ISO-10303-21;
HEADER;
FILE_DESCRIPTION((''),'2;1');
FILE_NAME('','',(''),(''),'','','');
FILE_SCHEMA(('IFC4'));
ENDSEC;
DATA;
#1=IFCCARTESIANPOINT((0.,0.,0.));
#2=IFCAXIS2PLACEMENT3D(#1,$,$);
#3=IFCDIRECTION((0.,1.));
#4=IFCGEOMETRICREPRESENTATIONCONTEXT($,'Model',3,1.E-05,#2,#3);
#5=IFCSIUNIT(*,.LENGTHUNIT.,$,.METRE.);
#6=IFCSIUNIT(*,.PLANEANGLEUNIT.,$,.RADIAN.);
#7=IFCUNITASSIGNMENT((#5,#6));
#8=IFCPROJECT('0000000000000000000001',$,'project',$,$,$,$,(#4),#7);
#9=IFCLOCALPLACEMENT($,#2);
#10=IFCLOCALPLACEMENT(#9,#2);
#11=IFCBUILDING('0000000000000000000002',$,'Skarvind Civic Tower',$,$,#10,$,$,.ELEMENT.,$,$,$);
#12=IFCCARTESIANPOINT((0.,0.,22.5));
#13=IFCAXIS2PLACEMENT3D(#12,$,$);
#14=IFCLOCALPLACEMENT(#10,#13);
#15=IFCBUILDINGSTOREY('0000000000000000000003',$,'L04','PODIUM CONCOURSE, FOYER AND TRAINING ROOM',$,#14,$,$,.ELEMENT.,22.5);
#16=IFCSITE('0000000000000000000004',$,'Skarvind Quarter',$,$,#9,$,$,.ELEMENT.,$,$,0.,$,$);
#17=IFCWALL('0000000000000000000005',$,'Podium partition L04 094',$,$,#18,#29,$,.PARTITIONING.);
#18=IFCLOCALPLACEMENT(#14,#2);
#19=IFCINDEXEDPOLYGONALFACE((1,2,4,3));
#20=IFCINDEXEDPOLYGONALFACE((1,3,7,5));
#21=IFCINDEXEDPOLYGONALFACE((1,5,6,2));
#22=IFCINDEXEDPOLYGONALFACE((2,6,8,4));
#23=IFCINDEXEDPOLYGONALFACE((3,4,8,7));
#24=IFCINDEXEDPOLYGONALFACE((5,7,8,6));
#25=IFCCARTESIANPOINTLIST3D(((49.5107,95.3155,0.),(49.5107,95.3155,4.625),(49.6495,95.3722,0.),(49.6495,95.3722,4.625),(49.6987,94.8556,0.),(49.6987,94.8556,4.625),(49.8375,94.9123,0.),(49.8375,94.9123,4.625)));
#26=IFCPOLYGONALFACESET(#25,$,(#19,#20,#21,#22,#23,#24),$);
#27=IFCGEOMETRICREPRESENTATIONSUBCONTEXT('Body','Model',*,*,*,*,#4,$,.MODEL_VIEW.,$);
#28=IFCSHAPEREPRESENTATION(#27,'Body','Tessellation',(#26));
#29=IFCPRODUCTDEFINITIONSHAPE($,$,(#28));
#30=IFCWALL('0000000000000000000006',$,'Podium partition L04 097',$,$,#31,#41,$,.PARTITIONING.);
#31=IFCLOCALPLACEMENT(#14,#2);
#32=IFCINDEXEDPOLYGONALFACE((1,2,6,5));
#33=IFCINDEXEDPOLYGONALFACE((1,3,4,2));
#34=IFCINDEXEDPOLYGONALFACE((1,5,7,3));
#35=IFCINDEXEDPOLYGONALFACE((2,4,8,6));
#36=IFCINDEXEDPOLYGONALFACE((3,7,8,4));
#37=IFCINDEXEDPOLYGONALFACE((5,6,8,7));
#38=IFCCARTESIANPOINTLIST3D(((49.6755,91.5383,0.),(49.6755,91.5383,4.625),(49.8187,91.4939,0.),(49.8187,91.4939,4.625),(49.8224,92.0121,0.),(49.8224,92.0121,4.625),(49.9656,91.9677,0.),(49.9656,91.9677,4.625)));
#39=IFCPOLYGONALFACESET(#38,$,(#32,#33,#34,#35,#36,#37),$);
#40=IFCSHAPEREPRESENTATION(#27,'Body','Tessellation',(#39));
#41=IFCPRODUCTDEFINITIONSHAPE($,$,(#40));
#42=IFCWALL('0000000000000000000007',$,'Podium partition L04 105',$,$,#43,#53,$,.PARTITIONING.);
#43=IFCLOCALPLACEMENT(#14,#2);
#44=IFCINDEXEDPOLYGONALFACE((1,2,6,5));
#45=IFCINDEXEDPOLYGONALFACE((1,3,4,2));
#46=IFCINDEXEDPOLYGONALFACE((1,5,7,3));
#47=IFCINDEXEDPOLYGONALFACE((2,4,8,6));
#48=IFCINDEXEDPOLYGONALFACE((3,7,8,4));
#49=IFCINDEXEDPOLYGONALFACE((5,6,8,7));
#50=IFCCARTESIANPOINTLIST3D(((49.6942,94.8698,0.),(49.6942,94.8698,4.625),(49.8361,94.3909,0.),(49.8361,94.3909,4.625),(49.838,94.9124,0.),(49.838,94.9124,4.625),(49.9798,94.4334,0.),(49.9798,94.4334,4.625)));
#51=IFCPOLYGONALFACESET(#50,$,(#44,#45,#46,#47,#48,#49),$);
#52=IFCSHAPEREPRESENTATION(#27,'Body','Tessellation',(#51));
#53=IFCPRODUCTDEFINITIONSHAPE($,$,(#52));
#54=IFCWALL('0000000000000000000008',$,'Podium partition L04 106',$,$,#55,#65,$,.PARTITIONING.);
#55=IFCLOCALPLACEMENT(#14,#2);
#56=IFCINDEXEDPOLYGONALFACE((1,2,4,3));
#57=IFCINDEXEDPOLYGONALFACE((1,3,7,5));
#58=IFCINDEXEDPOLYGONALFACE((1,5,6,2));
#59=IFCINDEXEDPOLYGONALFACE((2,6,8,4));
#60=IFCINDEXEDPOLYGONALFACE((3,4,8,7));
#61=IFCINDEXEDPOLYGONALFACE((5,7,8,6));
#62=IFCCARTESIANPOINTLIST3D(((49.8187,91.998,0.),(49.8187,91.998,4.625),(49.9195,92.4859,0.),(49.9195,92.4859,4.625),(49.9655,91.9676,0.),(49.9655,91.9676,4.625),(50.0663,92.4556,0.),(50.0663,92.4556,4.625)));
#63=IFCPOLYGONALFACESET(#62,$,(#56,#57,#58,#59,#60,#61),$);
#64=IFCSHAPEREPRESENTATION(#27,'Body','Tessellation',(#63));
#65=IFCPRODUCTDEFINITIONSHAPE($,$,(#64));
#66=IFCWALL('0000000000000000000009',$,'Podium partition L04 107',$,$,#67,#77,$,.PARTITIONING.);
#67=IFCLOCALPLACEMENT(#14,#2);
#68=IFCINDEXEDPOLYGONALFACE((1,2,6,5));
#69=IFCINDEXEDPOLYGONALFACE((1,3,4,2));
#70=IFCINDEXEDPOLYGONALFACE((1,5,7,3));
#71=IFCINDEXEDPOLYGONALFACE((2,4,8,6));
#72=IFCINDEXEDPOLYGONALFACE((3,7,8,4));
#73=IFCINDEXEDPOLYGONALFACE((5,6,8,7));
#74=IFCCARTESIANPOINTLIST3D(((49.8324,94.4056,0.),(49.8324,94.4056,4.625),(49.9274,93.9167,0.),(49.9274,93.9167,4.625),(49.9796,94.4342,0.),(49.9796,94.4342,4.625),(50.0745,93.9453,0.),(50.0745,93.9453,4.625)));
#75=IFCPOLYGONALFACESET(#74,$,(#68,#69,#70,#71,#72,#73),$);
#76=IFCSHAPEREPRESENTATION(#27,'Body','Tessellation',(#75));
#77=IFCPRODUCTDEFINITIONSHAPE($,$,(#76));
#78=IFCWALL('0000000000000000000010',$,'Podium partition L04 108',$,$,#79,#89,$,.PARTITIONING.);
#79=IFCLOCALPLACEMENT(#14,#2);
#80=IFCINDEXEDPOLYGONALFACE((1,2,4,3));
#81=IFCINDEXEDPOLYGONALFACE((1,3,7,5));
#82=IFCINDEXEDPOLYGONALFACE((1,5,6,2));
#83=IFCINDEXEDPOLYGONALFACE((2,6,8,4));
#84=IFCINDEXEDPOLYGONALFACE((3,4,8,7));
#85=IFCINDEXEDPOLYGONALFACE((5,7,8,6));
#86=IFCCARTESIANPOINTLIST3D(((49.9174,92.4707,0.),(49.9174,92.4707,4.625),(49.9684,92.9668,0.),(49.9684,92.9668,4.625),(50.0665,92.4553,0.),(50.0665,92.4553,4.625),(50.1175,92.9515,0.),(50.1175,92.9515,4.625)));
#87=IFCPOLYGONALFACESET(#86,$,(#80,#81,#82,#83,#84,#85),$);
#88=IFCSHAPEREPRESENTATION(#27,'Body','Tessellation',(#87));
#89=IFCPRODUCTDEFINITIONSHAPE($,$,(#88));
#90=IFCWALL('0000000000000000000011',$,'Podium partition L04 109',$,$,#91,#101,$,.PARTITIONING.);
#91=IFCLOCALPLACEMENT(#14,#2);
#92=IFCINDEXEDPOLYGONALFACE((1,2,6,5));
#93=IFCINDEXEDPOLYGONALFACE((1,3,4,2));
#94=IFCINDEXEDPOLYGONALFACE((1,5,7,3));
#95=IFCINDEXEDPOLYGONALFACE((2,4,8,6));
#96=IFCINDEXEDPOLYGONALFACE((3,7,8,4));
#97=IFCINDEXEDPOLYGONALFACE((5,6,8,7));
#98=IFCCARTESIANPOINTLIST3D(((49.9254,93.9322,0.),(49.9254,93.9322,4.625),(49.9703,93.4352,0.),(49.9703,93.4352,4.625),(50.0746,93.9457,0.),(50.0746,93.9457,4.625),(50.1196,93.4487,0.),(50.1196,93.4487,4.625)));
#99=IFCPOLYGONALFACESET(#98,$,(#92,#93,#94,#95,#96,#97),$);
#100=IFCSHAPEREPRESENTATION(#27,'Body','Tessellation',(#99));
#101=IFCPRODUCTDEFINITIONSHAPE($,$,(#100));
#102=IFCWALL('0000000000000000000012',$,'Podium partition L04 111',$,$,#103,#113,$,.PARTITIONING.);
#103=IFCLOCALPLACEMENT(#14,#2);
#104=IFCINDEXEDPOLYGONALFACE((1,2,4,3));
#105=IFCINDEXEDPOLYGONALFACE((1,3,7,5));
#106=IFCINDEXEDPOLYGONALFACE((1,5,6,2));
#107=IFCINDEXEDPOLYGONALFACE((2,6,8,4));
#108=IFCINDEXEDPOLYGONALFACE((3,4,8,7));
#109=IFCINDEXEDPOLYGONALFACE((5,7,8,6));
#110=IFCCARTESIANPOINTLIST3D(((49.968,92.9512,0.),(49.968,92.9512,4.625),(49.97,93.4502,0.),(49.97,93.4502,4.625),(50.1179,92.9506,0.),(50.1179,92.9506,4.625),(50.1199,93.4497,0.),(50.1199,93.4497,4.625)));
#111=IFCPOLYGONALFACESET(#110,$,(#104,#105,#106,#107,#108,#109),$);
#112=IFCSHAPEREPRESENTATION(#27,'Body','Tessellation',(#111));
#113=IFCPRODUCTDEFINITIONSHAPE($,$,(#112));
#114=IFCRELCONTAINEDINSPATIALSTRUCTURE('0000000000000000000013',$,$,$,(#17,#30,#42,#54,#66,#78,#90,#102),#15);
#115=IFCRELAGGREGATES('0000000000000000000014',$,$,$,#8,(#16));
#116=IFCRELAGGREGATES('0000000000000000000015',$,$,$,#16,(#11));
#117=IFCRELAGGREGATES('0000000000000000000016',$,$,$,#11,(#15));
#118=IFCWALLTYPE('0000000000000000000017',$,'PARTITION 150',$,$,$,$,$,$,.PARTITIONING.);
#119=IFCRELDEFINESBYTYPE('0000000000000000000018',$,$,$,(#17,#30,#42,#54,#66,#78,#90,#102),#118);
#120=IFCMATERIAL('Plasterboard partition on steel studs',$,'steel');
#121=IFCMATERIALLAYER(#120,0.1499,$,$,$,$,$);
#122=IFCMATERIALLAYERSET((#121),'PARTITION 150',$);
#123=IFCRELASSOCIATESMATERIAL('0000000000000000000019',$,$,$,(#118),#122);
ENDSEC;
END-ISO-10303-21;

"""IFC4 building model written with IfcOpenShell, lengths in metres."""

from ifc_helpers import new_model, si_unit, direction, frame, frame_2d, origin, place, context, subcontext, project, spatial, rectangle, extrude, material, layer, layer_set, type_object, element, save


model = new_model("IFC4")

# Units and contexts
model_context = context("Model", 3, precision=1e-05, world=origin(), true_north=direction((0.0, 1.0)))
body_context = subcontext(model_context, "Body", "Model", "MODEL_VIEW")
ifc_project = project(units=[si_unit("LENGTHUNIT", "METRE"), si_unit("PLANEANGLEUNIT", "RADIAN")], contexts=[model_context])

# Site, building, storey
site_placement = place(None, origin())
site = spatial("IfcSite", under=ifc_project, at=site_placement, Name="Skarvind Quarter", CompositionType="ELEMENT", RefElevation=0.0)
building_placement = place(site_placement, origin())
building = spatial("IfcBuilding", under=site, at=building_placement, Name="Skarvind Civic Tower", CompositionType="ELEMENT")
storey_placement = place(building_placement, frame((0.0, 0.0, 22.5)))
storey = spatial("IfcBuildingStorey", under=building, at=storey_placement, Name="L04", Description="PODIUM CONCOURSE, FOYER AND TRAINING ROOM", CompositionType="ELEMENT", Elevation=22.5)

# Shared definitions
ifc_material_1 = material(Name="Plasterboard partition on steel studs", Category="steel")
ifc_layer = layer(ifc_material_1, 0.1499)
ifc_layer_set = layer_set([ifc_layer], Name="PARTITION 150")
wall_type = type_object("IfcWallType", Name="PARTITION 150", PredefinedType="PARTITIONING", material=ifc_layer_set)

# Walls
wall_1_placement = place(storey_placement, frame((49.5801, 95.344, 0.0), z_axis=(0.0, 0.0, 1.0), x_axis=(0.378327, -0.925672, 0.0)))
element("IfcWall", 1, at=wall_1_placement, inside=storey, type_object=wall_type, Name="Podium partition L04 094", PredefinedType="PARTITIONING", context=body_context, shape_type="SweptSolid", body=[
    extrude(rectangle(XDim=0.4968, YDim=0.1499, at=frame_2d((0.2485, 0.0))), origin(), (0.0, 0.0, 1.0), 4.625),
])
wall_2_placement = place(storey_placement, frame((49.7471, 91.5161, 0.0), z_axis=(0.0, 0.0, 1.0), x_axis=(0.296229, 0.955117, 0.0)))
element("IfcWall", 2, at=wall_2_placement, inside=storey, type_object=wall_type, Name="Podium partition L04 097", PredefinedType="PARTITIONING", context=body_context, shape_type="SweptSolid", body=[
    extrude(rectangle(XDim=0.4961, YDim=0.1499, at=frame_2d((0.248, 0.0))), origin(), (0.0, 0.0, 1.0), 4.625),
])
wall_3_placement = place(storey_placement, frame((49.7661, 94.8911, 0.0), z_axis=(0.0, 0.0, 1.0), x_axis=(0.283939, -0.958842, 0.0)))
element("IfcWall", 3, at=wall_3_placement, inside=storey, type_object=wall_type, Name="Podium partition L04 105", PredefinedType="PARTITIONING", context=body_context, shape_type="SweptSolid", body=[
    extrude(rectangle(XDim=0.4995, YDim=0.1499, at=frame_2d((0.2498, 0.0))), origin(), (0.0, 0.0, 1.0), 4.625),
])
wall_4_placement = place(storey_placement, frame((49.8921, 91.9829, 0.0), z_axis=(0.0, 0.0, 1.0), x_axis=(0.20233, 0.979317, 0.0)))
element("IfcWall", 4, at=wall_4_placement, inside=storey, type_object=wall_type, Name="Podium partition L04 106", PredefinedType="PARTITIONING", context=body_context, shape_type="SweptSolid", body=[
    extrude(rectangle(XDim=0.4983, YDim=0.1499, at=frame_2d((0.249, 0.0))), origin(), (0.0, 0.0, 1.0), 4.625),
])
wall_5_placement = place(storey_placement, frame((49.906, 94.4199, 0.0), z_axis=(0.0, 0.0, 1.0), x_axis=(0.190647, -0.981659, 0.0)))
element("IfcWall", 5, at=wall_5_placement, inside=storey, type_object=wall_type, Name="Podium partition L04 107", PredefinedType="PARTITIONING", context=body_context, shape_type="SweptSolid", body=[
    extrude(rectangle(XDim=0.498, YDim=0.1499, at=frame_2d((0.249, 0.0))), origin(), (0.0, 0.0, 1.0), 4.625),
])
wall_6_placement = place(storey_placement, frame((49.9919, 92.4629, 0.0), z_axis=(0.0, 0.0, 1.0), x_axis=(0.102315, 0.994752, 0.0)))
element("IfcWall", 6, at=wall_6_placement, inside=storey, type_object=wall_type, Name="Podium partition L04 108", PredefinedType="PARTITIONING", context=body_context, shape_type="SweptSolid", body=[
    extrude(rectangle(XDim=0.4988, YDim=0.1499, at=frame_2d((0.2495, 0.0))), origin(), (0.0, 0.0, 1.0), 4.625),
])
for number, where, z_axis, x_axis, name in (
    (7, (50.0, 93.939, 0.0), (0.0, 0.0, 1.0), (0.090006, -0.995941, 0.0), "Podium partition L04 109"),
    (8, (50.043, 92.9509, 0.0), (0.0, 0.0, 1.0), (0.003914, 0.999992, 0.0), "Podium partition L04 111"),
):
    element("IfcWall", number, at=place(storey_placement, frame(where, z_axis=z_axis, x_axis=x_axis)), inside=storey, type_object=wall_type, Name=name, PredefinedType="PARTITIONING", context=body_context, shape_type="SweptSolid", body=[
        extrude(rectangle(XDim=0.499, YDim=0.1499, at=frame_2d((0.2495, 0.0))), origin(), (0.0, 0.0, 1.0), 4.625),
    ])

save(model, "model.ifc")
